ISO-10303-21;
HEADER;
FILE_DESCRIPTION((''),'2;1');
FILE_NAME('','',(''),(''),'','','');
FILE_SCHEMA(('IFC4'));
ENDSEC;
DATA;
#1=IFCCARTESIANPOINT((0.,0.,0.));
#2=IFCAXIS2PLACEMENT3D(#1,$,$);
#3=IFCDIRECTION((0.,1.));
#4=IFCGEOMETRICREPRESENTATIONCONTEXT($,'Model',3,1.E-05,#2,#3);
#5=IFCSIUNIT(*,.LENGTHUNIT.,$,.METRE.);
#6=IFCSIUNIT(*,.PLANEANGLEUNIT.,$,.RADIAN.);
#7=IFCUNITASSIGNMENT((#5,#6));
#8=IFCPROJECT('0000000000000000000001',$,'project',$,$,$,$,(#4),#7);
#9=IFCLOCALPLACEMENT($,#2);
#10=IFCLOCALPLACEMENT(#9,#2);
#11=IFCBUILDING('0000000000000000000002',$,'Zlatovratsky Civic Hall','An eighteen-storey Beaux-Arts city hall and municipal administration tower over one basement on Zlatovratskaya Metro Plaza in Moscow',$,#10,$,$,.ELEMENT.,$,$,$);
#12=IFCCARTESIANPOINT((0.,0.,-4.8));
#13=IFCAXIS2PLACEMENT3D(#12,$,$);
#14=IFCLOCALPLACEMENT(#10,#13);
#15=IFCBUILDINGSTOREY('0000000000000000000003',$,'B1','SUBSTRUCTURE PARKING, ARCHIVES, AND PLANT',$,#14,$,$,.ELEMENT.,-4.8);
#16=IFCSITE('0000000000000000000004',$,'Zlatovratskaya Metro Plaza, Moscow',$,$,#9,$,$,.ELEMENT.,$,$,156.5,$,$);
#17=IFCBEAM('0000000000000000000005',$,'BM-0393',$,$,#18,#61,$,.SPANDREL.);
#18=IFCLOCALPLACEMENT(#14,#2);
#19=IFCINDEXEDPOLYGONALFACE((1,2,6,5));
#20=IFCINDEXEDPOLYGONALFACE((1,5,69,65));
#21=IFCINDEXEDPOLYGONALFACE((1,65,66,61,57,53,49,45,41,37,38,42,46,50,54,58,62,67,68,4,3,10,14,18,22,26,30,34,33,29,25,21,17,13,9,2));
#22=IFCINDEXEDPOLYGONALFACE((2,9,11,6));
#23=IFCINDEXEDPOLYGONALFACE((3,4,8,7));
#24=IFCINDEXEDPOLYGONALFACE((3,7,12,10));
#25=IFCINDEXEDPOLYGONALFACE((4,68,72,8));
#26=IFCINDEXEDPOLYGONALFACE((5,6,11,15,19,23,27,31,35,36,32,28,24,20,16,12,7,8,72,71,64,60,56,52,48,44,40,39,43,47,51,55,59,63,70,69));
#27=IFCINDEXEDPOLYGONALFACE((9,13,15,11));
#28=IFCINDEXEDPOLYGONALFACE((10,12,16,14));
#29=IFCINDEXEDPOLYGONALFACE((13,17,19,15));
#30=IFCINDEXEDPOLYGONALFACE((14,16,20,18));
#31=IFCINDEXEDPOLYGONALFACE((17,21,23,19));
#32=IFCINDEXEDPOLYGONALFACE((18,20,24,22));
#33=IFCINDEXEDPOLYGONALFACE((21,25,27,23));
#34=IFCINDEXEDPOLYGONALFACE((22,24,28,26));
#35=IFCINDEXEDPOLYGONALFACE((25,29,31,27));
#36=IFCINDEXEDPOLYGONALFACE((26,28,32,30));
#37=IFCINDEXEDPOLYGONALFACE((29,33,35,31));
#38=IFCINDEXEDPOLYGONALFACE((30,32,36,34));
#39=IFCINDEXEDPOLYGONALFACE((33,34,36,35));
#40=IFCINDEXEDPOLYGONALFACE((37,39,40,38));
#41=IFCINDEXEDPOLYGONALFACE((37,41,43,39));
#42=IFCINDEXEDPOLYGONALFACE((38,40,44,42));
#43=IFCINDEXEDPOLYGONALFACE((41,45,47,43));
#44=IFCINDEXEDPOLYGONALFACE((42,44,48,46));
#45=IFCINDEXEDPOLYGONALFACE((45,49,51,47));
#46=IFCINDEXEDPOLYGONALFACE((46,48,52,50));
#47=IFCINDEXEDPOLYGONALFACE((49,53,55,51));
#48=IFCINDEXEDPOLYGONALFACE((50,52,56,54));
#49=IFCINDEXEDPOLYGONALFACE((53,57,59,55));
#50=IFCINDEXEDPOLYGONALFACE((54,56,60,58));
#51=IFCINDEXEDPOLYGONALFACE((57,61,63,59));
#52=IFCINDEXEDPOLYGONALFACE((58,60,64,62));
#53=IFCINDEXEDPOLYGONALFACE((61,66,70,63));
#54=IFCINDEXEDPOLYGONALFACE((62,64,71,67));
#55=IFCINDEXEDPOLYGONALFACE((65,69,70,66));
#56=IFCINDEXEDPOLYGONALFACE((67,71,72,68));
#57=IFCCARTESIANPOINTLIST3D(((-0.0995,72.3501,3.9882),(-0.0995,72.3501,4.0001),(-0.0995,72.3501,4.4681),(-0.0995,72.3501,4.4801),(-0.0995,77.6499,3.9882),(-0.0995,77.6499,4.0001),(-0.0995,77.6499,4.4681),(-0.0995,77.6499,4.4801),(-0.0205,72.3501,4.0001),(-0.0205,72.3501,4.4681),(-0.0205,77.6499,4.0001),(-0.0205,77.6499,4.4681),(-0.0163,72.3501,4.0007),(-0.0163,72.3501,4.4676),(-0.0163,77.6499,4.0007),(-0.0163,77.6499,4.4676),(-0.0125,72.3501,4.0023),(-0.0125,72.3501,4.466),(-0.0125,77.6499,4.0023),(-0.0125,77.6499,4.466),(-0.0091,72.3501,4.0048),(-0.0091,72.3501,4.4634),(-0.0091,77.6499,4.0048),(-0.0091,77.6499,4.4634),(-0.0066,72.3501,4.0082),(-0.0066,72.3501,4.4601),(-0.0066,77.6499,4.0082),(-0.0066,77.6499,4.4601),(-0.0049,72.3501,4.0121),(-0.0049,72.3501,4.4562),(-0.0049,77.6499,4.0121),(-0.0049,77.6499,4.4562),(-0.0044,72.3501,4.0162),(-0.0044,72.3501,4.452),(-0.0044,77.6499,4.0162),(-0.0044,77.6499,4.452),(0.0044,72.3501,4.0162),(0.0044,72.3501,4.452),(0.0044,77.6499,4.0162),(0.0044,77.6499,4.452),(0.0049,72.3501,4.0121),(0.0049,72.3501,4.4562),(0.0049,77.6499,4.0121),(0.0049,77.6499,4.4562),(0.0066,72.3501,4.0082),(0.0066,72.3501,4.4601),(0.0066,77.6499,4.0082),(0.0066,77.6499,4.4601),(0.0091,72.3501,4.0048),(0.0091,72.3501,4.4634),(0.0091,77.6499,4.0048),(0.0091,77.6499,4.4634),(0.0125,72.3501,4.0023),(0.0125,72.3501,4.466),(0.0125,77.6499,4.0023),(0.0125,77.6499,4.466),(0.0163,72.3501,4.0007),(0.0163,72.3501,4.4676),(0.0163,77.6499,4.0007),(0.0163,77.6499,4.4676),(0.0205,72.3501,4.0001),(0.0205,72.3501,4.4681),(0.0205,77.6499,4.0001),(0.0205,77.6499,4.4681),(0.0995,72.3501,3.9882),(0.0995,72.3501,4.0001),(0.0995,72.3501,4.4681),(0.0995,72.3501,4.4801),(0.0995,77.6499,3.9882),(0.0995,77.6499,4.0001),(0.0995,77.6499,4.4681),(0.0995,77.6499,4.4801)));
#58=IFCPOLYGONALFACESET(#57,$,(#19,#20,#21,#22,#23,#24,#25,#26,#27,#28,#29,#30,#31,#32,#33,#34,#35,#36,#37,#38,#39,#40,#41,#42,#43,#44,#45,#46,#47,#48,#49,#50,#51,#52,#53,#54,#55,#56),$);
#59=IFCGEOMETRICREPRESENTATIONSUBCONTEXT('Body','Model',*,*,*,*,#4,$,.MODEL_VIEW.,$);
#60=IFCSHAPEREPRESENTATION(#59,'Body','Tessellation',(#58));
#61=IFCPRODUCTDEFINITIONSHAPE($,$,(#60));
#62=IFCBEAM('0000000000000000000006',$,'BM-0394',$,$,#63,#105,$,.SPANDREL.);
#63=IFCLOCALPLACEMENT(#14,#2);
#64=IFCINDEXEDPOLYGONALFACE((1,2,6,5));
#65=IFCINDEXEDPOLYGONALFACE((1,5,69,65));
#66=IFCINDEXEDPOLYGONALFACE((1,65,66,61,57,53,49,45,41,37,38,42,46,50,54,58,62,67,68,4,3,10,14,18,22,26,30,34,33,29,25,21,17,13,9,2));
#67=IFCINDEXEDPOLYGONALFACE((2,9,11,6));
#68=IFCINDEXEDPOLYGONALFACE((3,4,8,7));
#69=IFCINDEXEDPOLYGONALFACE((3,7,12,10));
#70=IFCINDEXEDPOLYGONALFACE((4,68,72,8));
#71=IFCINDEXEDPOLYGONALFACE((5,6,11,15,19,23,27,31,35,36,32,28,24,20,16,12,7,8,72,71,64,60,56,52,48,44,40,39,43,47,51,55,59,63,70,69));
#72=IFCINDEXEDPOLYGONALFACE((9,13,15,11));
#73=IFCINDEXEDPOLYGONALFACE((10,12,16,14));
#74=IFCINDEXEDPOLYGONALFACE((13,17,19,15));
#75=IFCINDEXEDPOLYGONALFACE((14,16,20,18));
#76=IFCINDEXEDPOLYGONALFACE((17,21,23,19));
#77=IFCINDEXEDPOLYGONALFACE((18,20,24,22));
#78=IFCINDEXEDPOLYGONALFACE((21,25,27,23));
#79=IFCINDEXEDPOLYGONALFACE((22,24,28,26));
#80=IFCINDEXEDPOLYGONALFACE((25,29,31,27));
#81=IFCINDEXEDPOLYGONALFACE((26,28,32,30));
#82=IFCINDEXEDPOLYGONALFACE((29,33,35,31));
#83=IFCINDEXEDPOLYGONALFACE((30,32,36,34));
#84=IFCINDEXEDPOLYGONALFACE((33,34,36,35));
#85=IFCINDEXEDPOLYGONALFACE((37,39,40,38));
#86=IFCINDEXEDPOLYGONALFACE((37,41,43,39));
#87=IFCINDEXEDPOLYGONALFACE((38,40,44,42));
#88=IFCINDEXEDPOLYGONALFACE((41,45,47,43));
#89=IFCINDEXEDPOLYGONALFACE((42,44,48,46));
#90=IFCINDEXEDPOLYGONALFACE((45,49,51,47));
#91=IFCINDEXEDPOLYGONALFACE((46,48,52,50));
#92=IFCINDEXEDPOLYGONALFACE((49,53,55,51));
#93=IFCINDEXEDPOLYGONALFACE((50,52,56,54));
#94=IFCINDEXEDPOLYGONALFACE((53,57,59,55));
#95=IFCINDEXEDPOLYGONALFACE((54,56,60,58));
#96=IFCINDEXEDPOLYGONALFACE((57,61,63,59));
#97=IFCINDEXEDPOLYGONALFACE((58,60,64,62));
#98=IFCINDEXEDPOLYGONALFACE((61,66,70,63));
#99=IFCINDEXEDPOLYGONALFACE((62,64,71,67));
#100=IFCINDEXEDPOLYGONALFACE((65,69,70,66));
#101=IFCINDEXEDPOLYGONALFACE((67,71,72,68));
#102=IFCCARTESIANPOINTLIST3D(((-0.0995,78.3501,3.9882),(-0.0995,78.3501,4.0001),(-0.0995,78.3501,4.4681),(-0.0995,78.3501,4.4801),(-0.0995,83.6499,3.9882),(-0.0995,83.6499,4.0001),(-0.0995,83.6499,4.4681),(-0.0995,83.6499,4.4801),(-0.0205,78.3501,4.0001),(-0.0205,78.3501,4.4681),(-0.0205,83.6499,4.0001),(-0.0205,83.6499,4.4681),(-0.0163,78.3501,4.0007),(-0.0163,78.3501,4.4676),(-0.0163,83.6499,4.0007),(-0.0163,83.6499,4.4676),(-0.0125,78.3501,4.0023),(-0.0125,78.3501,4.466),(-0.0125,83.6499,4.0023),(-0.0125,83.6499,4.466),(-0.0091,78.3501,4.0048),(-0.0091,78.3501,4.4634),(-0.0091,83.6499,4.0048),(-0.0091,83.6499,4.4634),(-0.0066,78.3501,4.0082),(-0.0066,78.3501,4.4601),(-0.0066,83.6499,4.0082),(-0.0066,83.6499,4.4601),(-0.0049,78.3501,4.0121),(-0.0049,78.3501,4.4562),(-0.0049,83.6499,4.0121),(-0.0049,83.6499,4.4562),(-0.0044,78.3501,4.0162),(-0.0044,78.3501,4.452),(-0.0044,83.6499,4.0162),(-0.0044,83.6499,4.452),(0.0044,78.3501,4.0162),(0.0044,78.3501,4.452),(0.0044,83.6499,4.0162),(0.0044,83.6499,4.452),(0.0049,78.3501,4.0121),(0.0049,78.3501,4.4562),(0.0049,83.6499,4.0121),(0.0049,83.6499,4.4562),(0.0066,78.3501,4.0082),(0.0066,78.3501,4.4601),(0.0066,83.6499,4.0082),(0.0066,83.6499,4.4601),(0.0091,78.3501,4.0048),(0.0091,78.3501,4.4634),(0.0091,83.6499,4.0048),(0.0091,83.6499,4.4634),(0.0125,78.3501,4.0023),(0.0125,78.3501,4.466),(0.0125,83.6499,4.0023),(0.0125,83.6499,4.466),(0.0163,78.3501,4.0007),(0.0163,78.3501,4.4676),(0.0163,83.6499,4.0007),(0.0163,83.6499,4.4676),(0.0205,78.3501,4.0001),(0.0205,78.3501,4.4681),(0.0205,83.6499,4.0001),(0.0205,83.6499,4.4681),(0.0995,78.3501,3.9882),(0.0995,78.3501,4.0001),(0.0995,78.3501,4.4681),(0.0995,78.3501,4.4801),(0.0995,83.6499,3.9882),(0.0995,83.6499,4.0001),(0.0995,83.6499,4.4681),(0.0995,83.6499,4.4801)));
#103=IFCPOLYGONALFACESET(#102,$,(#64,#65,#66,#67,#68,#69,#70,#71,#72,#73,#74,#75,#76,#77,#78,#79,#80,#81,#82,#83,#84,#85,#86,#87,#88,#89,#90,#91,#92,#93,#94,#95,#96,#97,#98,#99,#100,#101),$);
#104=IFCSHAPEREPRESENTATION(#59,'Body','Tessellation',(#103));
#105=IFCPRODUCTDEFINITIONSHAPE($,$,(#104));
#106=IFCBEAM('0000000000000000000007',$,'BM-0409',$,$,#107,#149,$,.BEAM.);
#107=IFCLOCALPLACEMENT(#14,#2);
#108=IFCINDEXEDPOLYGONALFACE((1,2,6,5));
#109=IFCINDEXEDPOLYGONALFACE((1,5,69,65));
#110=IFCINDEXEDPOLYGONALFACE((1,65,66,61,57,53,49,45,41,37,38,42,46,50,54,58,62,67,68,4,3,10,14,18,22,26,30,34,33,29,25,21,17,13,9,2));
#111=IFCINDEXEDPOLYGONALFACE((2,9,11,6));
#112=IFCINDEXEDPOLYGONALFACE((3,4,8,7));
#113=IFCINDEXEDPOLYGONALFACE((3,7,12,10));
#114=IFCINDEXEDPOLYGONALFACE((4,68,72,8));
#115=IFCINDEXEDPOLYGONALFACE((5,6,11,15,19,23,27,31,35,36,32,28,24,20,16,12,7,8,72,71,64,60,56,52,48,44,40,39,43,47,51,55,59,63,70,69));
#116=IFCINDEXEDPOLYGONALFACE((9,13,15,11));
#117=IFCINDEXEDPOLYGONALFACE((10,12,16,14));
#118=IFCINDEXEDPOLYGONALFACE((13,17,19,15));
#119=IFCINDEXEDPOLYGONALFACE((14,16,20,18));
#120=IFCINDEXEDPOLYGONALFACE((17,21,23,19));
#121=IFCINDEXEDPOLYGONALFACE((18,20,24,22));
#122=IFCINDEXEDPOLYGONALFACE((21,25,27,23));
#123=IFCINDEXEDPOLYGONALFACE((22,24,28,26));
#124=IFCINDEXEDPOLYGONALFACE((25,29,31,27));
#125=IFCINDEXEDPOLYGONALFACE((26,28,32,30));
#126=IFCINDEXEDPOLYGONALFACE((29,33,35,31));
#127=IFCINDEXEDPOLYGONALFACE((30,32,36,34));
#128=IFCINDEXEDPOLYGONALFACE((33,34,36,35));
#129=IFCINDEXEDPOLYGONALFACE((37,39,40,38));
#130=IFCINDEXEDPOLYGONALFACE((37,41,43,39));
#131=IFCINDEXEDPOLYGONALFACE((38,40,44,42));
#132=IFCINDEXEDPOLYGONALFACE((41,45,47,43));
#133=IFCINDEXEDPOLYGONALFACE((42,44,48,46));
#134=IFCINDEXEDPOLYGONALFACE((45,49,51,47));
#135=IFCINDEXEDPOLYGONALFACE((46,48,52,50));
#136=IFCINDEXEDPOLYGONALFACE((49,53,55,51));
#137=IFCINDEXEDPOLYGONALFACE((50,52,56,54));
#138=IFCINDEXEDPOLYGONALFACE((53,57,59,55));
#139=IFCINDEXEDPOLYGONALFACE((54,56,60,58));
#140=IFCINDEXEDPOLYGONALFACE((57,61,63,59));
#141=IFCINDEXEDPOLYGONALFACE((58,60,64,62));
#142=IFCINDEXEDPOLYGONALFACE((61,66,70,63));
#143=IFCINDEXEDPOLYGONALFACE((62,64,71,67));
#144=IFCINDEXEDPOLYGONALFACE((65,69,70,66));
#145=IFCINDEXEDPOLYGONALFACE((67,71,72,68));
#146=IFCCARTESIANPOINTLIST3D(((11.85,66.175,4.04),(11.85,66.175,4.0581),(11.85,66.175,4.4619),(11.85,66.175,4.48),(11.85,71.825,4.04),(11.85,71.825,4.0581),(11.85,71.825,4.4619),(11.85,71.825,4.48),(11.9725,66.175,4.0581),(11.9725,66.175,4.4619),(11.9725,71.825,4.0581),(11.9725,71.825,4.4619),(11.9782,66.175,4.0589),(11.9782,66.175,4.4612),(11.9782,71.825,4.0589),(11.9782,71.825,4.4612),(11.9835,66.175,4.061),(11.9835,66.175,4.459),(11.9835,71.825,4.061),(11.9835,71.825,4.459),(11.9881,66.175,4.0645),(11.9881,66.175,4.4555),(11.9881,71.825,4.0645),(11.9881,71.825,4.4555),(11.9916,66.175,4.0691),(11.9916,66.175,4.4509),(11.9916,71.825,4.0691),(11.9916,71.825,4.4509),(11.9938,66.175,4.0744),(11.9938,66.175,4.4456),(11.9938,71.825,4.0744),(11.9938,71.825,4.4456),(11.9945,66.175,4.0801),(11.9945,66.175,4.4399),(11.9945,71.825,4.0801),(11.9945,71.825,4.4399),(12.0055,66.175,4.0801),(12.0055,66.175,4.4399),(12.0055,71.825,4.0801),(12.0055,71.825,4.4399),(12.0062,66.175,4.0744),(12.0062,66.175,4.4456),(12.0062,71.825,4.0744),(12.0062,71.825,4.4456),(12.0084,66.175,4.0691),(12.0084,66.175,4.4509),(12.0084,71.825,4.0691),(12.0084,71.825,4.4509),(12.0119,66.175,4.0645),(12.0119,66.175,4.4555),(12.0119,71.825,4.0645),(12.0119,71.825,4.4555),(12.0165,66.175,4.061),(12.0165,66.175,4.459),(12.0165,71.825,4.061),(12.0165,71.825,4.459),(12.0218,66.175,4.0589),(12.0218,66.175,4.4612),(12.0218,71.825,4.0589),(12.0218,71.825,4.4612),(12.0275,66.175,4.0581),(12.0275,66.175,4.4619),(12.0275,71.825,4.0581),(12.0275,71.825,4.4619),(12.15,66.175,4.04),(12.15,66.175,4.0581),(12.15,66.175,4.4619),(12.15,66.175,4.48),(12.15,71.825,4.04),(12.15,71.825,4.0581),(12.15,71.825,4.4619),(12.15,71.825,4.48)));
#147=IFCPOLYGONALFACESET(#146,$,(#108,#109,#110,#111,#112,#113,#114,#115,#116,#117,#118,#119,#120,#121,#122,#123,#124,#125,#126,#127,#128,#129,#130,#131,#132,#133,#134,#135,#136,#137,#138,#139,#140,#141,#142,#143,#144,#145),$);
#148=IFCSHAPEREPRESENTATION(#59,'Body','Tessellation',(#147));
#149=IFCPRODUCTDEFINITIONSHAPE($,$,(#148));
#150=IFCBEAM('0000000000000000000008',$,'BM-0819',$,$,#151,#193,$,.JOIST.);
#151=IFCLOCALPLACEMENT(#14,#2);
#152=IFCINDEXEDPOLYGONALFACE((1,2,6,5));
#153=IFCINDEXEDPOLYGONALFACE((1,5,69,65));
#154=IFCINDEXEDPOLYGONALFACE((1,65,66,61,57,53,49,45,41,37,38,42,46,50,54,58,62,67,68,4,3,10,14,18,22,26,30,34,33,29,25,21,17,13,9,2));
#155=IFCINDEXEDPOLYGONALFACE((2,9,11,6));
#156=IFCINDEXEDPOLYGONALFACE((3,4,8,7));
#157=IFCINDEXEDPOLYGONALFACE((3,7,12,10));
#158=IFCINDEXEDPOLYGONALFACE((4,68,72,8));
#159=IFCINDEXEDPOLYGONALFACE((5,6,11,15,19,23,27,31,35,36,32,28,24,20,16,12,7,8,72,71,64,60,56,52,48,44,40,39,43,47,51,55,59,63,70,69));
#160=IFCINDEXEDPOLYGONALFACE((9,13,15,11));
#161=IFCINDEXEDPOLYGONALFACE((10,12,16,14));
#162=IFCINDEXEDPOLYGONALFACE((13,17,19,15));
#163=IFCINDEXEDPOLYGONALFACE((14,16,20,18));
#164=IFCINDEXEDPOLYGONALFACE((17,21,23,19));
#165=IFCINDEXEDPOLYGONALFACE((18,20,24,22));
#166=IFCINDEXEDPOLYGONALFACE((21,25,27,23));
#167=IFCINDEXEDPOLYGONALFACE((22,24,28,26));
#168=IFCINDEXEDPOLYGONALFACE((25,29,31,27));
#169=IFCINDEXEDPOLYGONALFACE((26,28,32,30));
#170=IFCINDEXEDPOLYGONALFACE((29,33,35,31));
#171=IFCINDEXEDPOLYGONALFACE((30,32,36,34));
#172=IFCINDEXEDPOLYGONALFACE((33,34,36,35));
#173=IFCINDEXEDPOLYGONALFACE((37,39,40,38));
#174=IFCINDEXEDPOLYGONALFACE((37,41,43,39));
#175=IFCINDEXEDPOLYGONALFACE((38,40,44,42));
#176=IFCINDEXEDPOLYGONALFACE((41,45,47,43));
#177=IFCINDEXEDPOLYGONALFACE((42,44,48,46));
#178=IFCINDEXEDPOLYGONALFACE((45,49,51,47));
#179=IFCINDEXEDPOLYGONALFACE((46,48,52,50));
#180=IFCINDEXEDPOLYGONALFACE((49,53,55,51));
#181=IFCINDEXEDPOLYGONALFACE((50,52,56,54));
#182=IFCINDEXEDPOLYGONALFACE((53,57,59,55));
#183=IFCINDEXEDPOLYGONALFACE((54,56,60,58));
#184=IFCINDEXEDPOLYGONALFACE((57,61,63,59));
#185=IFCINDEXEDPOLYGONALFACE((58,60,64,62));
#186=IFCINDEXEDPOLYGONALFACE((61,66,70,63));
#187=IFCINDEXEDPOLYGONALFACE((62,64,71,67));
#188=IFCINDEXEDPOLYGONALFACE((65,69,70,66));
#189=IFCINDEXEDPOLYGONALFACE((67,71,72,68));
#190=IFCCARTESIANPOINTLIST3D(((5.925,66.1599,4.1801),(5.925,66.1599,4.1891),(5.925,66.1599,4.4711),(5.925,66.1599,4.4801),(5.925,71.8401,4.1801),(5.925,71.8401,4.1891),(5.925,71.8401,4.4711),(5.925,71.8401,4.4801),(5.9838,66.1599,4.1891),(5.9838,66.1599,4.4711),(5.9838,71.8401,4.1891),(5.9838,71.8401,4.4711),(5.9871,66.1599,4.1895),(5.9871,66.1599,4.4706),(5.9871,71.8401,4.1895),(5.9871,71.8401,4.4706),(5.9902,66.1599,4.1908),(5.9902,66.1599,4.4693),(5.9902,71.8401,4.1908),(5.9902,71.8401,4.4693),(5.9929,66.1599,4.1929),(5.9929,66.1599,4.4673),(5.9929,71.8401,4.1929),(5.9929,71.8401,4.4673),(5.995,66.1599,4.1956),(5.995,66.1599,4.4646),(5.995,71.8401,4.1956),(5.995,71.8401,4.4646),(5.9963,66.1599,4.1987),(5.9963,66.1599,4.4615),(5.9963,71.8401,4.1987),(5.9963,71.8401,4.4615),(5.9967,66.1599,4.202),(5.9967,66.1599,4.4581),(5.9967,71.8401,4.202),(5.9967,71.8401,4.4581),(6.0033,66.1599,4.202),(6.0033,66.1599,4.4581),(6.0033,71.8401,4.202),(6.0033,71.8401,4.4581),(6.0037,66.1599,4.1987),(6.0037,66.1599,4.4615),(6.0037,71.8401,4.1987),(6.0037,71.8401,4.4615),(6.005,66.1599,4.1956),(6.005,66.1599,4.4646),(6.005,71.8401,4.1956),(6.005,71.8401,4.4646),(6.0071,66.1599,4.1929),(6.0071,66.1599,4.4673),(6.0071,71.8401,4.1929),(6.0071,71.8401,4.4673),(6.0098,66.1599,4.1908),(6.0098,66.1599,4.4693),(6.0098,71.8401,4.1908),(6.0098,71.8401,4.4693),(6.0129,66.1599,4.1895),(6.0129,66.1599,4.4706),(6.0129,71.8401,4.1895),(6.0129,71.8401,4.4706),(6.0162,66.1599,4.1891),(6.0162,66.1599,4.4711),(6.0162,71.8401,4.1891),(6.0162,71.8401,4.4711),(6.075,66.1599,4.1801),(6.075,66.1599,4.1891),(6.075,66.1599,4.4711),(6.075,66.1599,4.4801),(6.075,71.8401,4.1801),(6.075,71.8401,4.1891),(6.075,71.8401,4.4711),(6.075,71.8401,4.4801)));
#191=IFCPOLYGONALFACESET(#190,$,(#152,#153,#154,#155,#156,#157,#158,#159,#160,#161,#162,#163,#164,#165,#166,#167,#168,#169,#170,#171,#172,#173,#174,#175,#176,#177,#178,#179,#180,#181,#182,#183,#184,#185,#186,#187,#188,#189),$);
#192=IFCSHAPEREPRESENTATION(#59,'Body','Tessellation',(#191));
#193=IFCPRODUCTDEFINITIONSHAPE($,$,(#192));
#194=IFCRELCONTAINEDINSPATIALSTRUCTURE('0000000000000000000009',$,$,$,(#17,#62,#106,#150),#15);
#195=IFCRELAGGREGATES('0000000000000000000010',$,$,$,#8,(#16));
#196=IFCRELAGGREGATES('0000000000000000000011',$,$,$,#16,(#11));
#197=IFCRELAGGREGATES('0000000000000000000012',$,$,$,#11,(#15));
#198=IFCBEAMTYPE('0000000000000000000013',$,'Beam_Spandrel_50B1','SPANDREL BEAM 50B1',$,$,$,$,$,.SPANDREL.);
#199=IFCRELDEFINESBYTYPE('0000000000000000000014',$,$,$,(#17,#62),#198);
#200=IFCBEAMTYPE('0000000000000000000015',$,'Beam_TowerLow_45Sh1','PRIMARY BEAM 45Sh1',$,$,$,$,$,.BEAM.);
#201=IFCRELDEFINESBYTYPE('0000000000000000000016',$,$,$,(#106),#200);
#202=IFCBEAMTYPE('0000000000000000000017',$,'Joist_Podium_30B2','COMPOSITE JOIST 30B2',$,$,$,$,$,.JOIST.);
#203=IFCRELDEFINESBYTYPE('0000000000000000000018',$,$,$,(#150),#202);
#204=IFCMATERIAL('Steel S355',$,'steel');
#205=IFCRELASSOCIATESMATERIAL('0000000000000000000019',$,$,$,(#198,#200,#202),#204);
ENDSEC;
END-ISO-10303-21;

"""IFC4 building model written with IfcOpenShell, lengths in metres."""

from ifc_helpers import new_model, si_unit, direction, frame, origin, origin_2d, place, context, subcontext, project, spatial, i_section, extrude, material, material_profile, profile_set, type_object, element, save


model = new_model("IFC4")

# Units and contexts
model_context = context("Model", 3, precision=1e-05, world=origin(), true_north=direction((0.0, 1.0)))
body_context = subcontext(model_context, "Body", "Model", "MODEL_VIEW")
ifc_project = project(units=[si_unit("LENGTHUNIT", "METRE"), si_unit("PLANEANGLEUNIT", "RADIAN")], contexts=[model_context])

# Site, building, storey
site_placement = place(None, origin())
site = spatial("IfcSite", under=ifc_project, at=site_placement, Name="Zlatovratskaya Metro Plaza, Moscow", CompositionType="ELEMENT", RefElevation=156.5)
building_placement = place(site_placement, origin())
building = spatial("IfcBuilding", under=site, at=building_placement, Name="Zlatovratsky Civic Hall", Description="An eighteen-storey Beaux-Arts city hall and municipal administration tower over one basement on Zlatovratskaya Metro Plaza in Moscow", CompositionType="ELEMENT")
storey_placement = place(building_placement, frame((0.0, 0.0, -4.8)))
storey = spatial("IfcBuildingStorey", under=building, at=storey_placement, Name="B1", Description="SUBSTRUCTURE PARKING, ARCHIVES, AND PLANT", CompositionType="ELEMENT", Elevation=-4.8)

# Shared definitions
ifc_material_1 = material(Name="Steel S355", Category="steel")

# Beams
ifc_material_profile_1 = material_profile(ifc_material_1, i_section(OverallWidth=0.199, OverallDepth=0.4919, WebThickness=0.0088, FlangeThickness=0.012, FilletRadius=0.0161, at=origin_2d()), Name="50B1")
ifc_profile_set_1 = profile_set([ifc_material_profile_1], Name="Steel S355")
beam_type_1 = type_object("IfcBeamType", Name="Beam_Spandrel_50B1", Description="SPANDREL BEAM 50B1", PredefinedType="SPANDREL", material=ifc_profile_set_1)
for number, where, z_axis, x_axis, name in (
    (1, (0.0, 72.3501, 4.2341), (0.0, 1.0, 0.0), (-1.0, 0.0, 0.0), "BM-0393"),
    (2, (0.0, 78.3501, 4.2341), (0.0, 1.0, 0.0), (-1.0, 0.0, 0.0), "BM-0394"),
):
    element("IfcBeam", number, at=place(storey_placement, frame(where, z_axis=z_axis, x_axis=x_axis)), inside=storey, type_object=beam_type_1, Name=name, PredefinedType="SPANDREL", context=body_context, shape_type="SweptSolid", body=[
        extrude(i_section(OverallWidth=0.199, OverallDepth=0.4919, WebThickness=0.0088, FlangeThickness=0.012, FilletRadius=0.0161, at=origin_2d()), origin(), (0.0, 0.0, 1.0), 5.2998),
    ])
ifc_material_profile_2 = material_profile(ifc_material_1, i_section(OverallWidth=0.3, OverallDepth=0.4399, WebThickness=0.011, FlangeThickness=0.0181, FilletRadius=0.022, at=origin_2d()), Name="45Sh1")
ifc_profile_set_2 = profile_set([ifc_material_profile_2], Name="Steel S355")
beam_type_2 = type_object("IfcBeamType", Name="Beam_TowerLow_45Sh1", Description="PRIMARY BEAM 45Sh1", PredefinedType="BEAM", material=ifc_profile_set_2)
beam_placement = place(storey_placement, frame((12.0, 66.175, 4.26), z_axis=(0.0, 1.0, 0.0), x_axis=(-1.0, 0.0, 0.0)))
element("IfcBeam", 3, at=beam_placement, inside=storey, type_object=beam_type_2, Name="BM-0409", PredefinedType="BEAM", context=body_context, shape_type="SweptSolid", body=[
    extrude(i_section(OverallWidth=0.3, OverallDepth=0.4399, WebThickness=0.011, FlangeThickness=0.0181, FilletRadius=0.022, at=origin_2d()), origin(), (0.0, 0.0, 1.0), 5.6499),
])
ifc_material_profile_3 = material_profile(ifc_material_1, i_section(OverallWidth=0.1499, OverallDepth=0.3, WebThickness=0.0066, FlangeThickness=0.009, FilletRadius=0.0129, at=origin_2d()), Name="30B2")
ifc_profile_set_3 = profile_set([ifc_material_profile_3], Name="Steel S355")
beam_type_3 = type_object("IfcBeamType", Name="Joist_Podium_30B2", Description="COMPOSITE JOIST 30B2", PredefinedType="JOIST", material=ifc_profile_set_3)
for number, where, z_axis, x_axis, name in (
    (4, (6.0, 66.1599, 4.3301), (0.0, 1.0, 0.0), (-1.0, 0.0, 0.0), "BM-0819"),
):
    element("IfcBeam", number, at=place(storey_placement, frame(where, z_axis=z_axis, x_axis=x_axis)), inside=storey, type_object=beam_type_3, Name=name, PredefinedType="JOIST", context=body_context, shape_type="SweptSolid", body=[
        extrude(i_section(OverallWidth=0.1499, OverallDepth=0.3, WebThickness=0.0066, FlangeThickness=0.009, FilletRadius=0.0129, at=origin_2d()), origin(), (0.0, 0.0, 1.0), 5.6802),
    ])

save(model, "model.ifc")
